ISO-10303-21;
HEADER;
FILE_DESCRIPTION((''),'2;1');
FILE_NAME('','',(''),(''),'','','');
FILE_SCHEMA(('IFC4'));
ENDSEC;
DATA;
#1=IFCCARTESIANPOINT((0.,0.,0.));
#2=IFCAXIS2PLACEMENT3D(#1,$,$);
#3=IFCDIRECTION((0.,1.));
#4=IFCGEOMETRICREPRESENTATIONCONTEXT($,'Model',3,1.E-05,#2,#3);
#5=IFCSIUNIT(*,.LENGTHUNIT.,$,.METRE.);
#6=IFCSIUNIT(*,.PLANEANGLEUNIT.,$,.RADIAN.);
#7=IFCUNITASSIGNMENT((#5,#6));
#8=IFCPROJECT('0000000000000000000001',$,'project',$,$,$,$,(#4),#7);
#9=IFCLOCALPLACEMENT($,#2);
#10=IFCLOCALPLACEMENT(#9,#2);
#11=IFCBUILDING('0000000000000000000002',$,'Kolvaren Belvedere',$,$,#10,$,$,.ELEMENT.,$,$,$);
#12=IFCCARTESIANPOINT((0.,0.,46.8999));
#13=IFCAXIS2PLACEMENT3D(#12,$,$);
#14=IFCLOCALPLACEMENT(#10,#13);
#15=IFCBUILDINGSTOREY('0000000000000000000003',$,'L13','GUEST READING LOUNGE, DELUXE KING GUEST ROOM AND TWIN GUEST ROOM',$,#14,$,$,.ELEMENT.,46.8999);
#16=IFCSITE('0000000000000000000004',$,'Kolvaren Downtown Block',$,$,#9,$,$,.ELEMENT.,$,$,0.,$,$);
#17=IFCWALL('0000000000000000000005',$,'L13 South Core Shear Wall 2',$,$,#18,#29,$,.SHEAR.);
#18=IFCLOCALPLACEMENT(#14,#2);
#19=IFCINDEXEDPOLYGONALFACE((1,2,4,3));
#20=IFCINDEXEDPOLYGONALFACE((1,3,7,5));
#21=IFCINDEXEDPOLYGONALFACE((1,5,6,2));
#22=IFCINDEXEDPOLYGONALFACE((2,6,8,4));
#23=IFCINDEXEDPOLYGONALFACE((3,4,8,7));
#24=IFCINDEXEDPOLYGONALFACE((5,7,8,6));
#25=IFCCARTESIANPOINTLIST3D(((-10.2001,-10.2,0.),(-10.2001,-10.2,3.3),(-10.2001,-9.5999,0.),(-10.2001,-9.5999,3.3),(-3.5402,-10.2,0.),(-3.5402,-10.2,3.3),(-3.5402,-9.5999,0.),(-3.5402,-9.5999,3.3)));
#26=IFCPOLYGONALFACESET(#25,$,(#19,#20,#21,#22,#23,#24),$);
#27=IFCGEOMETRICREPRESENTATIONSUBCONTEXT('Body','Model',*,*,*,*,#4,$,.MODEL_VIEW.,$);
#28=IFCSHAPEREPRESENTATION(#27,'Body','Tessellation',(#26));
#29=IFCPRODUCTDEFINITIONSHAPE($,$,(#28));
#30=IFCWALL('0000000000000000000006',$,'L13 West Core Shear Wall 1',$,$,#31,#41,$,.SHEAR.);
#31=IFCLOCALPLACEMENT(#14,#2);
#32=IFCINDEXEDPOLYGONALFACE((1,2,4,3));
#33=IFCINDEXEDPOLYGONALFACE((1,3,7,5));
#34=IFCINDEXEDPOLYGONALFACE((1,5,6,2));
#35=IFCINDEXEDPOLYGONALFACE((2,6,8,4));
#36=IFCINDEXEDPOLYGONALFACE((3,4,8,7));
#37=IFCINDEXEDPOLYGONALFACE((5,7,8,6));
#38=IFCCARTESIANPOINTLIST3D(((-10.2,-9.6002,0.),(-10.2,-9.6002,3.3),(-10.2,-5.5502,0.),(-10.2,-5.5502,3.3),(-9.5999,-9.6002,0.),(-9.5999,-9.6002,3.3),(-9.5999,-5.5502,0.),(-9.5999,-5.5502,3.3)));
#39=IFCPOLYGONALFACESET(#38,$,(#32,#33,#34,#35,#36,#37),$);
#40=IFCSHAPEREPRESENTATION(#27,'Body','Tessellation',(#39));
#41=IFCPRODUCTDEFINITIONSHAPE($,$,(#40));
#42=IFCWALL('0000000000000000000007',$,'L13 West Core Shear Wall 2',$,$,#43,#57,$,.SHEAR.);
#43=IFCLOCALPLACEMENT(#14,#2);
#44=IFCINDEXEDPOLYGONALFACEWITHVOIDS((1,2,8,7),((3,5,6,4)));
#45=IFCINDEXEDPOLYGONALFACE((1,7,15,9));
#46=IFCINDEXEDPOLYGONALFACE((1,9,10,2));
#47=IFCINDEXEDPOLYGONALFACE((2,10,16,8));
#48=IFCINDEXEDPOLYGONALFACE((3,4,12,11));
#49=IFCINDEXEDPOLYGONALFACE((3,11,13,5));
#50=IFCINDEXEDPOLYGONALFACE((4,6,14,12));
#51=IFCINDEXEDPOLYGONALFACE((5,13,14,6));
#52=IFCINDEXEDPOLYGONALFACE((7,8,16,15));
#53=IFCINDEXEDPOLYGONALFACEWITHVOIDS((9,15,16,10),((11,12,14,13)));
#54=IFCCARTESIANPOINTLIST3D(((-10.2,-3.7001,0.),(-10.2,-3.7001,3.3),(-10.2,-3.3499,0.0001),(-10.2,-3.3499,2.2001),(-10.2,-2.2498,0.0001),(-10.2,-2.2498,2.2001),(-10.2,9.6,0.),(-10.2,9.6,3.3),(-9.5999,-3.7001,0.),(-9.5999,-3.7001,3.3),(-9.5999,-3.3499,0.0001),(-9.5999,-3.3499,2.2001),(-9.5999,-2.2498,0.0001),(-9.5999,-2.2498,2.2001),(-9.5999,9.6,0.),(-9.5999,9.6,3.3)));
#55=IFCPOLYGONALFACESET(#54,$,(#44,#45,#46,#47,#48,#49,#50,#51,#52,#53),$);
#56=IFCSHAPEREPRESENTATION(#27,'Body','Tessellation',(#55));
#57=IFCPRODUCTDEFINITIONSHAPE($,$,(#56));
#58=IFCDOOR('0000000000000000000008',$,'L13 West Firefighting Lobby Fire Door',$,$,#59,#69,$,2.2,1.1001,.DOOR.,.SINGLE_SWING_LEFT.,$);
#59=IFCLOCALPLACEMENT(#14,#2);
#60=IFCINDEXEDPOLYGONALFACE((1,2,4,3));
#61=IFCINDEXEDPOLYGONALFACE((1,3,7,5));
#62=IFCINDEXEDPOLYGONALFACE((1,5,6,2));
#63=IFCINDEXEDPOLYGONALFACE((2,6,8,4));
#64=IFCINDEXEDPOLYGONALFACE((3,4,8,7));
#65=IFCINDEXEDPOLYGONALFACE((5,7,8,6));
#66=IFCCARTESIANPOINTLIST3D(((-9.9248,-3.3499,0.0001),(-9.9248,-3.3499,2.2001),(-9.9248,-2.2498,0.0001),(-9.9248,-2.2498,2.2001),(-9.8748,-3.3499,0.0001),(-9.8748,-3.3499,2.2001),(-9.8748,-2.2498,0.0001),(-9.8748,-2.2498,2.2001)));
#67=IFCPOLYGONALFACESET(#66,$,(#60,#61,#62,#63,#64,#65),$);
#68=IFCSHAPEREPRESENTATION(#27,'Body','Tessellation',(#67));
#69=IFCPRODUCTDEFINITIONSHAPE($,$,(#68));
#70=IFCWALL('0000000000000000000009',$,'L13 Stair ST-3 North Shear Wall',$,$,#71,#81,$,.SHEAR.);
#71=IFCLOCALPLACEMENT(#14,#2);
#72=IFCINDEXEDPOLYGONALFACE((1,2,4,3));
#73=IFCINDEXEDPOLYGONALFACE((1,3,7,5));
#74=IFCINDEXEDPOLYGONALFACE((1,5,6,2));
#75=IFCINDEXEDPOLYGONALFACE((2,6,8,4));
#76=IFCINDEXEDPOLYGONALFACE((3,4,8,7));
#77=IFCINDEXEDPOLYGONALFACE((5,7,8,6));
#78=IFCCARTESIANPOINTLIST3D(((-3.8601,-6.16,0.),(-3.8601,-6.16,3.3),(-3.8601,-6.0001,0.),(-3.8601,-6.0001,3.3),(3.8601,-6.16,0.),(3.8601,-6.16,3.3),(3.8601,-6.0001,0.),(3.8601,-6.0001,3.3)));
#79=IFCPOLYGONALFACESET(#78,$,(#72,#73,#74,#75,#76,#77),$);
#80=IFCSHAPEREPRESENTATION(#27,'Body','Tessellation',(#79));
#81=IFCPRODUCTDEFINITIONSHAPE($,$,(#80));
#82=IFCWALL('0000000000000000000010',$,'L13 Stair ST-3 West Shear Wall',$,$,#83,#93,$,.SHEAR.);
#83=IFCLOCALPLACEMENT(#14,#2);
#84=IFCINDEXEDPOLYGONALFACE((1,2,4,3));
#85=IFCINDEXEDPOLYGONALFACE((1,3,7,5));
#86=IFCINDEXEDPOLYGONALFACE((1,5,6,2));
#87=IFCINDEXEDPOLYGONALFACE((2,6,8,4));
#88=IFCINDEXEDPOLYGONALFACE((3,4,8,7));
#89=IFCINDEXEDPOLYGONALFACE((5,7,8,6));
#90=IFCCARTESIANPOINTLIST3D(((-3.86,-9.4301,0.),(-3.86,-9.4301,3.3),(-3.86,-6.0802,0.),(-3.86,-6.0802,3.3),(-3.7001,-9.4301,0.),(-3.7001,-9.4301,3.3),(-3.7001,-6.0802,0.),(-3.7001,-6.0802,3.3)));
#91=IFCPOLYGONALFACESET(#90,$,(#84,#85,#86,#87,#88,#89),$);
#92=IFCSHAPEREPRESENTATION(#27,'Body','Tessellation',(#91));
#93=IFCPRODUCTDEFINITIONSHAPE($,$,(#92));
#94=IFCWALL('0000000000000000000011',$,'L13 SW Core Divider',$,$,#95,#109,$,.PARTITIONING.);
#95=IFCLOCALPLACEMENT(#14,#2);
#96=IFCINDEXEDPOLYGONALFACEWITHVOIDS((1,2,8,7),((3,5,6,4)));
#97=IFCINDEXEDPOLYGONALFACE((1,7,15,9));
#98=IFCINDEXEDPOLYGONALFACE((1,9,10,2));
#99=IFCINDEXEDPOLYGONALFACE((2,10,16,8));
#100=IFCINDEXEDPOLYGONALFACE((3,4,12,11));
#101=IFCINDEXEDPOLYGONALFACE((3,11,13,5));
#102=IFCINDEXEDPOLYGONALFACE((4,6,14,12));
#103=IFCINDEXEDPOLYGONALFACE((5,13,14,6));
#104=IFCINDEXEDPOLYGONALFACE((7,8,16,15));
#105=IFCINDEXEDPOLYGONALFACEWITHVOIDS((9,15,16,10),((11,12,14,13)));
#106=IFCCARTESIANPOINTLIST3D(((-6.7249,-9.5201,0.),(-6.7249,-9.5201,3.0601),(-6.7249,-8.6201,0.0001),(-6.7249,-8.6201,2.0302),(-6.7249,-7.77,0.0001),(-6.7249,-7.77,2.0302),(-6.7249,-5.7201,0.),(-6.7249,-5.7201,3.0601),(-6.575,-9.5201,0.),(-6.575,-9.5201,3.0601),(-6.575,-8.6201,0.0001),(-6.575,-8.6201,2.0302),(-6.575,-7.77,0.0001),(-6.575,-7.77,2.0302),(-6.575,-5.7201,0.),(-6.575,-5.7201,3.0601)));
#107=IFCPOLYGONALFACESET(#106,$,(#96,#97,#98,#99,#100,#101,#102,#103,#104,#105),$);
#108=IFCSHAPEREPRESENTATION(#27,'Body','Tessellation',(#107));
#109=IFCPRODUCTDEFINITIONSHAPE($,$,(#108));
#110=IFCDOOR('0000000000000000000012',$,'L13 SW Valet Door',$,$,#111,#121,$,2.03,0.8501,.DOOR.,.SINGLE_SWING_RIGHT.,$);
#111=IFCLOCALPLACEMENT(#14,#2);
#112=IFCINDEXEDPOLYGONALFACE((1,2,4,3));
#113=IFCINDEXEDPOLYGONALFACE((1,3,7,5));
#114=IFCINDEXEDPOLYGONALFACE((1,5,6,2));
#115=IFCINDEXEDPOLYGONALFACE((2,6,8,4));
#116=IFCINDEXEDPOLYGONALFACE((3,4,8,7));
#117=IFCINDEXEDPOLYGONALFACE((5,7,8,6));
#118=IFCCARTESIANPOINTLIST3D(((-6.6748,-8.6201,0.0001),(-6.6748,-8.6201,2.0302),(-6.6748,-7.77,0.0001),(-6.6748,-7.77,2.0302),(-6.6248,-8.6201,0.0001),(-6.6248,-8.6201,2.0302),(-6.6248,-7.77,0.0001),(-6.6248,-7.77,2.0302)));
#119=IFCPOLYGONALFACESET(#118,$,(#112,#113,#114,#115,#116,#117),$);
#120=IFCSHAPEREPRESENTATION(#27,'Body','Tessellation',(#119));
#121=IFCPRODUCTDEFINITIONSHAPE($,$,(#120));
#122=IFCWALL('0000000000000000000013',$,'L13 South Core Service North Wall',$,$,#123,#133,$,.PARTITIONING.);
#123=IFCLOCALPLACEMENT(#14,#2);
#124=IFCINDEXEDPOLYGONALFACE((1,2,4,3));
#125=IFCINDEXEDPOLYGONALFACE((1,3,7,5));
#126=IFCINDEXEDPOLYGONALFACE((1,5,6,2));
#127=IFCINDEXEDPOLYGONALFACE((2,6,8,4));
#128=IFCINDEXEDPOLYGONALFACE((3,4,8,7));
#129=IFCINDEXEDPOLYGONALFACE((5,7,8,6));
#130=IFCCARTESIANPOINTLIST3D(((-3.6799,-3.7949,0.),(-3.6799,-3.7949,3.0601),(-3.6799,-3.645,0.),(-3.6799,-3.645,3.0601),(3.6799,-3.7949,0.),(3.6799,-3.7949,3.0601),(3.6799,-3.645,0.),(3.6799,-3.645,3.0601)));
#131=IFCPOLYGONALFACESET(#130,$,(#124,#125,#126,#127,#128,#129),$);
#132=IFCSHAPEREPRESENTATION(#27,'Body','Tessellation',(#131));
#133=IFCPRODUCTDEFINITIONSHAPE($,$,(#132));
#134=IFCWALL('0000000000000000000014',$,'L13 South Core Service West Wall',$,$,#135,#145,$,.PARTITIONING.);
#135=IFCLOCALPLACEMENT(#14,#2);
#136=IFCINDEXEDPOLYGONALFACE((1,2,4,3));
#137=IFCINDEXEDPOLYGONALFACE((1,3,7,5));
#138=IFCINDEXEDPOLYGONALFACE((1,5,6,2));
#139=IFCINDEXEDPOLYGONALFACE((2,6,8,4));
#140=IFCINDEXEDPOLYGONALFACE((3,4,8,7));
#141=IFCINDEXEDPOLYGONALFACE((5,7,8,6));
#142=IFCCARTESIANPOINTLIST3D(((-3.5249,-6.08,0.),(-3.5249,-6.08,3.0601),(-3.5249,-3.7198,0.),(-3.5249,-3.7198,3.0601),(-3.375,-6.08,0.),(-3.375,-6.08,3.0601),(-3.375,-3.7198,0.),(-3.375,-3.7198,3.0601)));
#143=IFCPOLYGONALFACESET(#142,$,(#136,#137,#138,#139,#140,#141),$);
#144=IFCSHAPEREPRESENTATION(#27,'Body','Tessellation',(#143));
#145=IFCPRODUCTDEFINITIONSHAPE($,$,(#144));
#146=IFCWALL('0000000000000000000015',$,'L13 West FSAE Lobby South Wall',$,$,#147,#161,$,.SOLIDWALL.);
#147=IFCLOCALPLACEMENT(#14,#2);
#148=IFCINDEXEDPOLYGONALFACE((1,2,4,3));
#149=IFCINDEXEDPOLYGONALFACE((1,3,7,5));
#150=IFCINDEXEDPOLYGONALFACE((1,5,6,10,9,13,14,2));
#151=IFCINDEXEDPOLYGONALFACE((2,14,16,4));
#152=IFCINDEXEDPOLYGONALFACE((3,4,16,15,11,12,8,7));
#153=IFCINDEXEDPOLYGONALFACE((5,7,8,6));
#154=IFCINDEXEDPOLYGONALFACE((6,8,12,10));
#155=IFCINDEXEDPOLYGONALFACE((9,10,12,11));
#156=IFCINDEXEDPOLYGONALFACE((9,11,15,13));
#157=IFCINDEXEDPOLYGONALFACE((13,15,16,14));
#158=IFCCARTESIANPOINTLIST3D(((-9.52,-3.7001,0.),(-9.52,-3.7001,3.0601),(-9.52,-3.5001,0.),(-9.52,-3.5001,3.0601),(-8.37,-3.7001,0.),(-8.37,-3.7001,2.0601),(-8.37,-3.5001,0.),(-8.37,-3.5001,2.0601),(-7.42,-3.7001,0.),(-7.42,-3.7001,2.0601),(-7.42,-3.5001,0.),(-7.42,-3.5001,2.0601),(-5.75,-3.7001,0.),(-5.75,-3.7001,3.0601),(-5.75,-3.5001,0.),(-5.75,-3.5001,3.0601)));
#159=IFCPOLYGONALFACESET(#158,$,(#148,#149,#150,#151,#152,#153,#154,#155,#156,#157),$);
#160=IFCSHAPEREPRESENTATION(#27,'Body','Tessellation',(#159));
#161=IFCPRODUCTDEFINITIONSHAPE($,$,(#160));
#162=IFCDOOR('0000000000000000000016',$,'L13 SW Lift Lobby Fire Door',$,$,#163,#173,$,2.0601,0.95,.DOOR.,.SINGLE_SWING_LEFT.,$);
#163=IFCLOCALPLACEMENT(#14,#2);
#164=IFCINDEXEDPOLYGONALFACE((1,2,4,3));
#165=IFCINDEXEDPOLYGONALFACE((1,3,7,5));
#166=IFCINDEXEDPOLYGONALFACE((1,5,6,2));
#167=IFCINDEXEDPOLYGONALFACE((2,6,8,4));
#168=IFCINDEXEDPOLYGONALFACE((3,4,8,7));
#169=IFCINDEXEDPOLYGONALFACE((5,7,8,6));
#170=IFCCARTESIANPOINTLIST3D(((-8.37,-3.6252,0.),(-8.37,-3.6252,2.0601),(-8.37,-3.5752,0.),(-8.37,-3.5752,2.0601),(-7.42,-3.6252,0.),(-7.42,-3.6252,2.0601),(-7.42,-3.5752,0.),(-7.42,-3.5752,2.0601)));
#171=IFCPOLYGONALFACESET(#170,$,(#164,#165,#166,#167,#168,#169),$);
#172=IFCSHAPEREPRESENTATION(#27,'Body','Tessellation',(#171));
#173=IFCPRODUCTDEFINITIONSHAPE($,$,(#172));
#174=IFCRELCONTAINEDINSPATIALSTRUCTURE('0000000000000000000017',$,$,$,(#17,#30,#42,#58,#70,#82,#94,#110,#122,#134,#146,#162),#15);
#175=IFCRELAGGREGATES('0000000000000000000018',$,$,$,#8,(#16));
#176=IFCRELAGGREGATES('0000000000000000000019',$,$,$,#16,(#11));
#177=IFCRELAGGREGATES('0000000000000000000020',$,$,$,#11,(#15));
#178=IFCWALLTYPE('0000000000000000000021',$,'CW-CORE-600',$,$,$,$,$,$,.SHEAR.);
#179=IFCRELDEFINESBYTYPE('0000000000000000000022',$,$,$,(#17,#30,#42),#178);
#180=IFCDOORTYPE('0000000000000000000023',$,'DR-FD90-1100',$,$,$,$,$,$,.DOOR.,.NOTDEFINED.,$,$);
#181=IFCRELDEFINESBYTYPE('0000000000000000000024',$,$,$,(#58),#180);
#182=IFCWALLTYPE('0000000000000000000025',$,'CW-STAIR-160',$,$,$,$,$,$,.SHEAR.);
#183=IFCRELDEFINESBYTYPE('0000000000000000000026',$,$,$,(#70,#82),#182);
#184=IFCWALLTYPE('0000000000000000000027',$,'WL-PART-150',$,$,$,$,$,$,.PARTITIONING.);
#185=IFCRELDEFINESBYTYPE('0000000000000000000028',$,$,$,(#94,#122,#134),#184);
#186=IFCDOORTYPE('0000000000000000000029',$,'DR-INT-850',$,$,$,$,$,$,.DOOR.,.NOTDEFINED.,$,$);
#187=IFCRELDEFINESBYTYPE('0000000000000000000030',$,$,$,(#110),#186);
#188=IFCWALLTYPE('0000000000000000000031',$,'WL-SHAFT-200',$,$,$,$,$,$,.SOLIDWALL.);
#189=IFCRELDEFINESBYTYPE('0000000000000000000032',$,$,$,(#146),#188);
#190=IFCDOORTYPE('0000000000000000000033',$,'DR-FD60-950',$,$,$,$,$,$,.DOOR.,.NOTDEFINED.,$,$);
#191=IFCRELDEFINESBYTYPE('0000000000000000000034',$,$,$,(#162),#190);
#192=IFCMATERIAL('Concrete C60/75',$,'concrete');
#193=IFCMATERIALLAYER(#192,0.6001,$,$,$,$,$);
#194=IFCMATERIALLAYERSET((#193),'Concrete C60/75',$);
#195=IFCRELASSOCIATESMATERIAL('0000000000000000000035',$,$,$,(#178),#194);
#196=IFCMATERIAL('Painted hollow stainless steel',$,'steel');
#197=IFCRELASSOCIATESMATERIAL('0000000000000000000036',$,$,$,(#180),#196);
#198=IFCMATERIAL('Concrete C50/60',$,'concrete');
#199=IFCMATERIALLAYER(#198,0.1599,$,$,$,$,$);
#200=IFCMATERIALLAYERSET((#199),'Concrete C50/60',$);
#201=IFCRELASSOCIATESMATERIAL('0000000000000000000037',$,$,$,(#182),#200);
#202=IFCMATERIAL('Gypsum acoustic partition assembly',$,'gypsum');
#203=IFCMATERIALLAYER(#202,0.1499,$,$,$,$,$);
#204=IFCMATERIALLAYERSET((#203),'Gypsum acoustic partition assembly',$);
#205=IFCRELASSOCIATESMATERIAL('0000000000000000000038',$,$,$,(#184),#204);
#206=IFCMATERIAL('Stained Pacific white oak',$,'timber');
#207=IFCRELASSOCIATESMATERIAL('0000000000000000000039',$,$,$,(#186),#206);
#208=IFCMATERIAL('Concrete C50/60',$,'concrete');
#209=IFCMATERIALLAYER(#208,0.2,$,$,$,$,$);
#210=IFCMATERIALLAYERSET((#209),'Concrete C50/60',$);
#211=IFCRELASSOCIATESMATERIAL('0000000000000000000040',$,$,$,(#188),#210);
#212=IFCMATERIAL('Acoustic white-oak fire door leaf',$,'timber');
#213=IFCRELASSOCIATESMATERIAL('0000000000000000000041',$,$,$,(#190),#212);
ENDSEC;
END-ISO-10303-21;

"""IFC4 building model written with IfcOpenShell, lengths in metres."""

from ifc_helpers import new_model, si_unit, direction, frame, frame_2d, origin, place, context, subcontext, project, spatial, rectangle, extrude, material, layer, layer_set, type_object, element, fill, save


model = new_model("IFC4")

# Units and contexts
model_context = context("Model", 3, precision=1e-05, world=origin(), true_north=direction((0.0, 1.0)))
body_context = subcontext(model_context, "Body", "Model", "MODEL_VIEW")
ifc_project = project(units=[si_unit("LENGTHUNIT", "METRE"), si_unit("PLANEANGLEUNIT", "RADIAN")], contexts=[model_context])

# Site, building, storey
site_placement = place(None, origin())
site = spatial("IfcSite", under=ifc_project, at=site_placement, Name="Kolvaren Downtown Block", CompositionType="ELEMENT", RefElevation=0.0)
building_placement = place(site_placement, origin())
building = spatial("IfcBuilding", under=site, at=building_placement, Name="Kolvaren Belvedere", CompositionType="ELEMENT")
storey_placement = place(building_placement, frame((0.0, 0.0, 46.8999)))
storey = spatial("IfcBuildingStorey", under=building, at=storey_placement, Name="L13", Description="GUEST READING LOUNGE, DELUXE KING GUEST ROOM AND TWIN GUEST ROOM", CompositionType="ELEMENT", Elevation=46.8999)

# Walls
ifc_material_1 = material(Name="Concrete C60/75", Category="concrete")
ifc_layer_1 = layer(ifc_material_1, 0.6001)
ifc_layer_set_1 = layer_set([ifc_layer_1], Name="Concrete C60/75")
wall_type_1 = type_object("IfcWallType", Name="CW-CORE-600", PredefinedType="SHEAR", material=ifc_layer_set_1)
wall_1_placement = place(storey_placement, frame((-3.54, -9.8999, 0.0), z_axis=(0.0, 0.0, 1.0), x_axis=(-1.0, 0.0, 0.0)))
element("IfcWall", 1, at=wall_1_placement, inside=storey, type_object=wall_type_1, Name="L13 South Core Shear Wall 2", PredefinedType="SHEAR", context=body_context, shape_type="SweptSolid", body=[
    extrude(rectangle(XDim=6.6599, YDim=0.6001, at=frame_2d((3.3301, 0.0))), origin(), (0.0, 0.0, 1.0), 3.3),
])
wall_2_placement = place(storey_placement, frame((-9.8999, -9.6001, 0.0), z_axis=(0.0, 0.0, 1.0), x_axis=(0.0, 1.0, 0.0)))
element("IfcWall", 2, at=wall_2_placement, inside=storey, type_object=wall_type_1, Name="L13 West Core Shear Wall 1", PredefinedType="SHEAR", context=body_context, shape_type="SweptSolid", body=[
    extrude(rectangle(XDim=4.05, YDim=0.6001, at=frame_2d((2.0249, 0.0))), origin(), (0.0, 0.0, 1.0), 3.3),
])

# Wall, opening, door
wall_3_placement = place(storey_placement, frame((-9.8999, -3.7, 0.0), z_axis=(0.0, 0.0, 1.0), x_axis=(0.0, 1.0, 0.0)))
wall_3 = element("IfcWall", 3, at=wall_3_placement, inside=storey, type_object=wall_type_1, Name="L13 West Core Shear Wall 2", PredefinedType="SHEAR", context=body_context, shape_type="SweptSolid", body=[
    extrude(rectangle(XDim=13.3, YDim=0.6001, at=frame_2d((6.6499, 0.0))), origin(), (0.0, 0.0, 1.0), 3.3),
])
opening_1_placement = place(wall_3_placement, frame((0.3501, 0.0, 0.0)))
opening_1 = element("IfcOpeningElement", 4, at=opening_1_placement, cuts=wall_3, PredefinedType="OPENING", context=body_context, shape_type="SweptSolid", body=[
    extrude(rectangle(XDim=1.1001, YDim=2.2, at=frame_2d((0.55, 1.1001))), frame((0.0, 0.3101, 0.0), z_axis=(0.0, -1.0, 0.0), x_axis=(1.0, 0.0, 0.0)), (0.0, 0.0, 1.0), 0.6201),
])
ifc_material_2 = material(Name="Painted hollow stainless steel", Category="steel")
door_type_1 = type_object("IfcDoorType", Name="DR-FD90-1100", OperationType="NOTDEFINED", PredefinedType="DOOR", material=ifc_material_2)
door_1_placement = place(opening_1_placement, origin())
door_1 = element("IfcDoor", 5, at=door_1_placement, inside=storey, type_object=door_type_1, Name="L13 West Firefighting Lobby Fire Door", OperationType="SINGLE_SWING_LEFT", OverallHeight=2.2, OverallWidth=1.1001, PredefinedType="DOOR", context=body_context, shape_type="SweptSolid", body=[
    extrude(rectangle(XDim=1.1001, YDim=2.2, at=frame_2d((0.55, 1.1001))), frame((0.0, 0.0249, 0.0), z_axis=(0.0, -1.0, 0.0), x_axis=(1.0, 0.0, 0.0)), (0.0, 0.0, 1.0), 0.05),
])
fill(opening_1, door_1)

# Walls
ifc_material_3 = material(Name="Concrete C50/60", Category="concrete")
ifc_layer_2 = layer(ifc_material_3, 0.1599)
ifc_layer_set_2 = layer_set([ifc_layer_2], Name="Concrete C50/60")
wall_type_2 = type_object("IfcWallType", Name="CW-STAIR-160", PredefinedType="SHEAR", material=ifc_layer_set_2)
wall_4_placement = place(storey_placement, frame((-3.8601, -6.0801, 0.0), z_axis=(0.0, 0.0, 1.0), x_axis=(1.0, 0.0, 0.0)))
element("IfcWall", 6, at=wall_4_placement, inside=storey, type_object=wall_type_2, Name="L13 Stair ST-3 North Shear Wall", PredefinedType="SHEAR", context=body_context, shape_type="SweptSolid", body=[
    extrude(rectangle(XDim=7.7202, YDim=0.1599, at=frame_2d((3.8601, 0.0))), origin(), (0.0, 0.0, 1.0), 3.3),
])
wall_5_placement = place(storey_placement, frame((-3.78, -9.4299, 0.0), z_axis=(0.0, 0.0, 1.0), x_axis=(0.0, 1.0, 0.0)))
element("IfcWall", 7, at=wall_5_placement, inside=storey, type_object=wall_type_2, Name="L13 Stair ST-3 West Shear Wall", PredefinedType="SHEAR", context=body_context, shape_type="SweptSolid", body=[
    extrude(rectangle(XDim=3.3499, YDim=0.1599, at=frame_2d((1.6748, 0.0))), origin(), (0.0, 0.0, 1.0), 3.3),
])

# Wall, opening, door
ifc_material_4 = material(Name="Gypsum acoustic partition assembly", Category="gypsum")
ifc_layer_3 = layer(ifc_material_4, 0.1499)
ifc_layer_set_3 = layer_set([ifc_layer_3], Name="Gypsum acoustic partition assembly")
wall_type_3 = type_object("IfcWallType", Name="WL-PART-150", PredefinedType="PARTITIONING", material=ifc_layer_set_3)
wall_6_placement = place(storey_placement, frame((-6.6499, -9.52, 0.0), z_axis=(0.0, 0.0, 1.0), x_axis=(0.0, 1.0, 0.0)))
wall_6 = element("IfcWall", 8, at=wall_6_placement, inside=storey, type_object=wall_type_3, Name="L13 SW Core Divider", PredefinedType="PARTITIONING", context=body_context, shape_type="SweptSolid", body=[
    extrude(rectangle(XDim=3.8, YDim=0.1499, at=frame_2d((1.8999, 0.0))), origin(), (0.0, 0.0, 1.0), 3.0601),
])
opening_2_placement = place(wall_6_placement, frame((0.8999, 0.0, 0.0)))
opening_2 = element("IfcOpeningElement", 9, at=opening_2_placement, cuts=wall_6, PredefinedType="OPENING", context=body_context, shape_type="SweptSolid", body=[
    extrude(rectangle(XDim=0.8501, YDim=2.03, at=frame_2d((0.425, 1.0151))), frame((0.0, 0.085, 0.0), z_axis=(0.0, -1.0, 0.0), x_axis=(1.0, 0.0, 0.0)), (0.0, 0.0, 1.0), 0.1699),
])
ifc_material_5 = material(Name="Stained Pacific white oak", Category="timber")
door_type_2 = type_object("IfcDoorType", Name="DR-INT-850", OperationType="NOTDEFINED", PredefinedType="DOOR", material=ifc_material_5)
door_2_placement = place(opening_2_placement, origin())
door_2 = element("IfcDoor", 10, at=door_2_placement, inside=storey, type_object=door_type_2, Name="L13 SW Valet Door", OperationType="SINGLE_SWING_RIGHT", OverallHeight=2.03, OverallWidth=0.8501, PredefinedType="DOOR", context=body_context, shape_type="SweptSolid", body=[
    extrude(rectangle(XDim=0.8501, YDim=2.03, at=frame_2d((0.425, 1.0151))), frame((0.0, 0.0249, 0.0), z_axis=(0.0, -1.0, 0.0), x_axis=(1.0, 0.0, 0.0)), (0.0, 0.0, 1.0), 0.05),
])
fill(opening_2, door_2)

# Walls
wall_7_placement = place(storey_placement, frame((-3.6799, -3.72, 0.0), z_axis=(0.0, 0.0, 1.0), x_axis=(1.0, 0.0, 0.0)))
element("IfcWall", 11, at=wall_7_placement, inside=storey, type_object=wall_type_3, Name="L13 South Core Service North Wall", PredefinedType="PARTITIONING", context=body_context, shape_type="SweptSolid", body=[
    extrude(rectangle(XDim=7.3599, YDim=0.1499, at=frame_2d((3.6799, 0.0))), origin(), (0.0, 0.0, 1.0), 3.0601),
])
wall_8_placement = place(storey_placement, frame((-3.45, -6.0801, 0.0), z_axis=(0.0, 0.0, 1.0), x_axis=(0.0, 1.0, 0.0)))
element("IfcWall", 12, at=wall_8_placement, inside=storey, type_object=wall_type_3, Name="L13 South Core Service West Wall", PredefinedType="PARTITIONING", context=body_context, shape_type="SweptSolid", body=[
    extrude(rectangle(XDim=2.3601, YDim=0.1499, at=frame_2d((1.1802, 0.0))), origin(), (0.0, 0.0, 1.0), 3.0601),
])

# Wall, opening, door
ifc_material_6 = material(Name="Concrete C50/60", Category="concrete")
ifc_layer_4 = layer(ifc_material_6, 0.2)
ifc_layer_set_4 = layer_set([ifc_layer_4], Name="Concrete C50/60")
wall_type_4 = type_object("IfcWallType", Name="WL-SHAFT-200", PredefinedType="SOLIDWALL", material=ifc_layer_set_4)
wall_9_placement = place(storey_placement, frame((-9.52, -3.6001, 0.0), z_axis=(0.0, 0.0, 1.0), x_axis=(1.0, 0.0, 0.0)))
wall_9 = element("IfcWall", 13, at=wall_9_placement, inside=storey, type_object=wall_type_4, Name="L13 West FSAE Lobby South Wall", PredefinedType="SOLIDWALL", context=body_context, shape_type="SweptSolid", body=[
    extrude(rectangle(XDim=3.77, YDim=0.2, at=frame_2d((1.885, 0.0))), origin(), (0.0, 0.0, 1.0), 3.0601),
])
opening_3_placement = place(wall_9_placement, frame((1.1499, 0.0, 0.0)))
opening_3 = element("IfcOpeningElement", 14, at=opening_3_placement, cuts=wall_9, PredefinedType="OPENING", context=body_context, shape_type="SweptSolid", body=[
    extrude(rectangle(XDim=0.95, YDim=2.0601, at=frame_2d((0.4751, 1.03))), frame((0.0, 0.1099, 0.0), z_axis=(0.0, -1.0, 0.0), x_axis=(1.0, 0.0, 0.0)), (0.0, 0.0, 1.0), 0.22),
])
ifc_material_7 = material(Name="Acoustic white-oak fire door leaf", Category="timber")
door_type_3 = type_object("IfcDoorType", Name="DR-FD60-950", OperationType="NOTDEFINED", PredefinedType="DOOR", material=ifc_material_7)
door_3_placement = place(opening_3_placement, origin())
door_3 = element("IfcDoor", 15, at=door_3_placement, inside=storey, type_object=door_type_3, Name="L13 SW Lift Lobby Fire Door", OperationType="SINGLE_SWING_LEFT", OverallHeight=2.0601, OverallWidth=0.95, PredefinedType="DOOR", context=body_context, shape_type="SweptSolid", body=[
    extrude(rectangle(XDim=0.95, YDim=2.0601, at=frame_2d((0.4751, 1.03))), frame((0.0, 0.0249, 0.0), z_axis=(0.0, -1.0, 0.0), x_axis=(1.0, 0.0, 0.0)), (0.0, 0.0, 1.0), 0.05),
])
fill(opening_3, door_3)

save(model, "model.ifc")
